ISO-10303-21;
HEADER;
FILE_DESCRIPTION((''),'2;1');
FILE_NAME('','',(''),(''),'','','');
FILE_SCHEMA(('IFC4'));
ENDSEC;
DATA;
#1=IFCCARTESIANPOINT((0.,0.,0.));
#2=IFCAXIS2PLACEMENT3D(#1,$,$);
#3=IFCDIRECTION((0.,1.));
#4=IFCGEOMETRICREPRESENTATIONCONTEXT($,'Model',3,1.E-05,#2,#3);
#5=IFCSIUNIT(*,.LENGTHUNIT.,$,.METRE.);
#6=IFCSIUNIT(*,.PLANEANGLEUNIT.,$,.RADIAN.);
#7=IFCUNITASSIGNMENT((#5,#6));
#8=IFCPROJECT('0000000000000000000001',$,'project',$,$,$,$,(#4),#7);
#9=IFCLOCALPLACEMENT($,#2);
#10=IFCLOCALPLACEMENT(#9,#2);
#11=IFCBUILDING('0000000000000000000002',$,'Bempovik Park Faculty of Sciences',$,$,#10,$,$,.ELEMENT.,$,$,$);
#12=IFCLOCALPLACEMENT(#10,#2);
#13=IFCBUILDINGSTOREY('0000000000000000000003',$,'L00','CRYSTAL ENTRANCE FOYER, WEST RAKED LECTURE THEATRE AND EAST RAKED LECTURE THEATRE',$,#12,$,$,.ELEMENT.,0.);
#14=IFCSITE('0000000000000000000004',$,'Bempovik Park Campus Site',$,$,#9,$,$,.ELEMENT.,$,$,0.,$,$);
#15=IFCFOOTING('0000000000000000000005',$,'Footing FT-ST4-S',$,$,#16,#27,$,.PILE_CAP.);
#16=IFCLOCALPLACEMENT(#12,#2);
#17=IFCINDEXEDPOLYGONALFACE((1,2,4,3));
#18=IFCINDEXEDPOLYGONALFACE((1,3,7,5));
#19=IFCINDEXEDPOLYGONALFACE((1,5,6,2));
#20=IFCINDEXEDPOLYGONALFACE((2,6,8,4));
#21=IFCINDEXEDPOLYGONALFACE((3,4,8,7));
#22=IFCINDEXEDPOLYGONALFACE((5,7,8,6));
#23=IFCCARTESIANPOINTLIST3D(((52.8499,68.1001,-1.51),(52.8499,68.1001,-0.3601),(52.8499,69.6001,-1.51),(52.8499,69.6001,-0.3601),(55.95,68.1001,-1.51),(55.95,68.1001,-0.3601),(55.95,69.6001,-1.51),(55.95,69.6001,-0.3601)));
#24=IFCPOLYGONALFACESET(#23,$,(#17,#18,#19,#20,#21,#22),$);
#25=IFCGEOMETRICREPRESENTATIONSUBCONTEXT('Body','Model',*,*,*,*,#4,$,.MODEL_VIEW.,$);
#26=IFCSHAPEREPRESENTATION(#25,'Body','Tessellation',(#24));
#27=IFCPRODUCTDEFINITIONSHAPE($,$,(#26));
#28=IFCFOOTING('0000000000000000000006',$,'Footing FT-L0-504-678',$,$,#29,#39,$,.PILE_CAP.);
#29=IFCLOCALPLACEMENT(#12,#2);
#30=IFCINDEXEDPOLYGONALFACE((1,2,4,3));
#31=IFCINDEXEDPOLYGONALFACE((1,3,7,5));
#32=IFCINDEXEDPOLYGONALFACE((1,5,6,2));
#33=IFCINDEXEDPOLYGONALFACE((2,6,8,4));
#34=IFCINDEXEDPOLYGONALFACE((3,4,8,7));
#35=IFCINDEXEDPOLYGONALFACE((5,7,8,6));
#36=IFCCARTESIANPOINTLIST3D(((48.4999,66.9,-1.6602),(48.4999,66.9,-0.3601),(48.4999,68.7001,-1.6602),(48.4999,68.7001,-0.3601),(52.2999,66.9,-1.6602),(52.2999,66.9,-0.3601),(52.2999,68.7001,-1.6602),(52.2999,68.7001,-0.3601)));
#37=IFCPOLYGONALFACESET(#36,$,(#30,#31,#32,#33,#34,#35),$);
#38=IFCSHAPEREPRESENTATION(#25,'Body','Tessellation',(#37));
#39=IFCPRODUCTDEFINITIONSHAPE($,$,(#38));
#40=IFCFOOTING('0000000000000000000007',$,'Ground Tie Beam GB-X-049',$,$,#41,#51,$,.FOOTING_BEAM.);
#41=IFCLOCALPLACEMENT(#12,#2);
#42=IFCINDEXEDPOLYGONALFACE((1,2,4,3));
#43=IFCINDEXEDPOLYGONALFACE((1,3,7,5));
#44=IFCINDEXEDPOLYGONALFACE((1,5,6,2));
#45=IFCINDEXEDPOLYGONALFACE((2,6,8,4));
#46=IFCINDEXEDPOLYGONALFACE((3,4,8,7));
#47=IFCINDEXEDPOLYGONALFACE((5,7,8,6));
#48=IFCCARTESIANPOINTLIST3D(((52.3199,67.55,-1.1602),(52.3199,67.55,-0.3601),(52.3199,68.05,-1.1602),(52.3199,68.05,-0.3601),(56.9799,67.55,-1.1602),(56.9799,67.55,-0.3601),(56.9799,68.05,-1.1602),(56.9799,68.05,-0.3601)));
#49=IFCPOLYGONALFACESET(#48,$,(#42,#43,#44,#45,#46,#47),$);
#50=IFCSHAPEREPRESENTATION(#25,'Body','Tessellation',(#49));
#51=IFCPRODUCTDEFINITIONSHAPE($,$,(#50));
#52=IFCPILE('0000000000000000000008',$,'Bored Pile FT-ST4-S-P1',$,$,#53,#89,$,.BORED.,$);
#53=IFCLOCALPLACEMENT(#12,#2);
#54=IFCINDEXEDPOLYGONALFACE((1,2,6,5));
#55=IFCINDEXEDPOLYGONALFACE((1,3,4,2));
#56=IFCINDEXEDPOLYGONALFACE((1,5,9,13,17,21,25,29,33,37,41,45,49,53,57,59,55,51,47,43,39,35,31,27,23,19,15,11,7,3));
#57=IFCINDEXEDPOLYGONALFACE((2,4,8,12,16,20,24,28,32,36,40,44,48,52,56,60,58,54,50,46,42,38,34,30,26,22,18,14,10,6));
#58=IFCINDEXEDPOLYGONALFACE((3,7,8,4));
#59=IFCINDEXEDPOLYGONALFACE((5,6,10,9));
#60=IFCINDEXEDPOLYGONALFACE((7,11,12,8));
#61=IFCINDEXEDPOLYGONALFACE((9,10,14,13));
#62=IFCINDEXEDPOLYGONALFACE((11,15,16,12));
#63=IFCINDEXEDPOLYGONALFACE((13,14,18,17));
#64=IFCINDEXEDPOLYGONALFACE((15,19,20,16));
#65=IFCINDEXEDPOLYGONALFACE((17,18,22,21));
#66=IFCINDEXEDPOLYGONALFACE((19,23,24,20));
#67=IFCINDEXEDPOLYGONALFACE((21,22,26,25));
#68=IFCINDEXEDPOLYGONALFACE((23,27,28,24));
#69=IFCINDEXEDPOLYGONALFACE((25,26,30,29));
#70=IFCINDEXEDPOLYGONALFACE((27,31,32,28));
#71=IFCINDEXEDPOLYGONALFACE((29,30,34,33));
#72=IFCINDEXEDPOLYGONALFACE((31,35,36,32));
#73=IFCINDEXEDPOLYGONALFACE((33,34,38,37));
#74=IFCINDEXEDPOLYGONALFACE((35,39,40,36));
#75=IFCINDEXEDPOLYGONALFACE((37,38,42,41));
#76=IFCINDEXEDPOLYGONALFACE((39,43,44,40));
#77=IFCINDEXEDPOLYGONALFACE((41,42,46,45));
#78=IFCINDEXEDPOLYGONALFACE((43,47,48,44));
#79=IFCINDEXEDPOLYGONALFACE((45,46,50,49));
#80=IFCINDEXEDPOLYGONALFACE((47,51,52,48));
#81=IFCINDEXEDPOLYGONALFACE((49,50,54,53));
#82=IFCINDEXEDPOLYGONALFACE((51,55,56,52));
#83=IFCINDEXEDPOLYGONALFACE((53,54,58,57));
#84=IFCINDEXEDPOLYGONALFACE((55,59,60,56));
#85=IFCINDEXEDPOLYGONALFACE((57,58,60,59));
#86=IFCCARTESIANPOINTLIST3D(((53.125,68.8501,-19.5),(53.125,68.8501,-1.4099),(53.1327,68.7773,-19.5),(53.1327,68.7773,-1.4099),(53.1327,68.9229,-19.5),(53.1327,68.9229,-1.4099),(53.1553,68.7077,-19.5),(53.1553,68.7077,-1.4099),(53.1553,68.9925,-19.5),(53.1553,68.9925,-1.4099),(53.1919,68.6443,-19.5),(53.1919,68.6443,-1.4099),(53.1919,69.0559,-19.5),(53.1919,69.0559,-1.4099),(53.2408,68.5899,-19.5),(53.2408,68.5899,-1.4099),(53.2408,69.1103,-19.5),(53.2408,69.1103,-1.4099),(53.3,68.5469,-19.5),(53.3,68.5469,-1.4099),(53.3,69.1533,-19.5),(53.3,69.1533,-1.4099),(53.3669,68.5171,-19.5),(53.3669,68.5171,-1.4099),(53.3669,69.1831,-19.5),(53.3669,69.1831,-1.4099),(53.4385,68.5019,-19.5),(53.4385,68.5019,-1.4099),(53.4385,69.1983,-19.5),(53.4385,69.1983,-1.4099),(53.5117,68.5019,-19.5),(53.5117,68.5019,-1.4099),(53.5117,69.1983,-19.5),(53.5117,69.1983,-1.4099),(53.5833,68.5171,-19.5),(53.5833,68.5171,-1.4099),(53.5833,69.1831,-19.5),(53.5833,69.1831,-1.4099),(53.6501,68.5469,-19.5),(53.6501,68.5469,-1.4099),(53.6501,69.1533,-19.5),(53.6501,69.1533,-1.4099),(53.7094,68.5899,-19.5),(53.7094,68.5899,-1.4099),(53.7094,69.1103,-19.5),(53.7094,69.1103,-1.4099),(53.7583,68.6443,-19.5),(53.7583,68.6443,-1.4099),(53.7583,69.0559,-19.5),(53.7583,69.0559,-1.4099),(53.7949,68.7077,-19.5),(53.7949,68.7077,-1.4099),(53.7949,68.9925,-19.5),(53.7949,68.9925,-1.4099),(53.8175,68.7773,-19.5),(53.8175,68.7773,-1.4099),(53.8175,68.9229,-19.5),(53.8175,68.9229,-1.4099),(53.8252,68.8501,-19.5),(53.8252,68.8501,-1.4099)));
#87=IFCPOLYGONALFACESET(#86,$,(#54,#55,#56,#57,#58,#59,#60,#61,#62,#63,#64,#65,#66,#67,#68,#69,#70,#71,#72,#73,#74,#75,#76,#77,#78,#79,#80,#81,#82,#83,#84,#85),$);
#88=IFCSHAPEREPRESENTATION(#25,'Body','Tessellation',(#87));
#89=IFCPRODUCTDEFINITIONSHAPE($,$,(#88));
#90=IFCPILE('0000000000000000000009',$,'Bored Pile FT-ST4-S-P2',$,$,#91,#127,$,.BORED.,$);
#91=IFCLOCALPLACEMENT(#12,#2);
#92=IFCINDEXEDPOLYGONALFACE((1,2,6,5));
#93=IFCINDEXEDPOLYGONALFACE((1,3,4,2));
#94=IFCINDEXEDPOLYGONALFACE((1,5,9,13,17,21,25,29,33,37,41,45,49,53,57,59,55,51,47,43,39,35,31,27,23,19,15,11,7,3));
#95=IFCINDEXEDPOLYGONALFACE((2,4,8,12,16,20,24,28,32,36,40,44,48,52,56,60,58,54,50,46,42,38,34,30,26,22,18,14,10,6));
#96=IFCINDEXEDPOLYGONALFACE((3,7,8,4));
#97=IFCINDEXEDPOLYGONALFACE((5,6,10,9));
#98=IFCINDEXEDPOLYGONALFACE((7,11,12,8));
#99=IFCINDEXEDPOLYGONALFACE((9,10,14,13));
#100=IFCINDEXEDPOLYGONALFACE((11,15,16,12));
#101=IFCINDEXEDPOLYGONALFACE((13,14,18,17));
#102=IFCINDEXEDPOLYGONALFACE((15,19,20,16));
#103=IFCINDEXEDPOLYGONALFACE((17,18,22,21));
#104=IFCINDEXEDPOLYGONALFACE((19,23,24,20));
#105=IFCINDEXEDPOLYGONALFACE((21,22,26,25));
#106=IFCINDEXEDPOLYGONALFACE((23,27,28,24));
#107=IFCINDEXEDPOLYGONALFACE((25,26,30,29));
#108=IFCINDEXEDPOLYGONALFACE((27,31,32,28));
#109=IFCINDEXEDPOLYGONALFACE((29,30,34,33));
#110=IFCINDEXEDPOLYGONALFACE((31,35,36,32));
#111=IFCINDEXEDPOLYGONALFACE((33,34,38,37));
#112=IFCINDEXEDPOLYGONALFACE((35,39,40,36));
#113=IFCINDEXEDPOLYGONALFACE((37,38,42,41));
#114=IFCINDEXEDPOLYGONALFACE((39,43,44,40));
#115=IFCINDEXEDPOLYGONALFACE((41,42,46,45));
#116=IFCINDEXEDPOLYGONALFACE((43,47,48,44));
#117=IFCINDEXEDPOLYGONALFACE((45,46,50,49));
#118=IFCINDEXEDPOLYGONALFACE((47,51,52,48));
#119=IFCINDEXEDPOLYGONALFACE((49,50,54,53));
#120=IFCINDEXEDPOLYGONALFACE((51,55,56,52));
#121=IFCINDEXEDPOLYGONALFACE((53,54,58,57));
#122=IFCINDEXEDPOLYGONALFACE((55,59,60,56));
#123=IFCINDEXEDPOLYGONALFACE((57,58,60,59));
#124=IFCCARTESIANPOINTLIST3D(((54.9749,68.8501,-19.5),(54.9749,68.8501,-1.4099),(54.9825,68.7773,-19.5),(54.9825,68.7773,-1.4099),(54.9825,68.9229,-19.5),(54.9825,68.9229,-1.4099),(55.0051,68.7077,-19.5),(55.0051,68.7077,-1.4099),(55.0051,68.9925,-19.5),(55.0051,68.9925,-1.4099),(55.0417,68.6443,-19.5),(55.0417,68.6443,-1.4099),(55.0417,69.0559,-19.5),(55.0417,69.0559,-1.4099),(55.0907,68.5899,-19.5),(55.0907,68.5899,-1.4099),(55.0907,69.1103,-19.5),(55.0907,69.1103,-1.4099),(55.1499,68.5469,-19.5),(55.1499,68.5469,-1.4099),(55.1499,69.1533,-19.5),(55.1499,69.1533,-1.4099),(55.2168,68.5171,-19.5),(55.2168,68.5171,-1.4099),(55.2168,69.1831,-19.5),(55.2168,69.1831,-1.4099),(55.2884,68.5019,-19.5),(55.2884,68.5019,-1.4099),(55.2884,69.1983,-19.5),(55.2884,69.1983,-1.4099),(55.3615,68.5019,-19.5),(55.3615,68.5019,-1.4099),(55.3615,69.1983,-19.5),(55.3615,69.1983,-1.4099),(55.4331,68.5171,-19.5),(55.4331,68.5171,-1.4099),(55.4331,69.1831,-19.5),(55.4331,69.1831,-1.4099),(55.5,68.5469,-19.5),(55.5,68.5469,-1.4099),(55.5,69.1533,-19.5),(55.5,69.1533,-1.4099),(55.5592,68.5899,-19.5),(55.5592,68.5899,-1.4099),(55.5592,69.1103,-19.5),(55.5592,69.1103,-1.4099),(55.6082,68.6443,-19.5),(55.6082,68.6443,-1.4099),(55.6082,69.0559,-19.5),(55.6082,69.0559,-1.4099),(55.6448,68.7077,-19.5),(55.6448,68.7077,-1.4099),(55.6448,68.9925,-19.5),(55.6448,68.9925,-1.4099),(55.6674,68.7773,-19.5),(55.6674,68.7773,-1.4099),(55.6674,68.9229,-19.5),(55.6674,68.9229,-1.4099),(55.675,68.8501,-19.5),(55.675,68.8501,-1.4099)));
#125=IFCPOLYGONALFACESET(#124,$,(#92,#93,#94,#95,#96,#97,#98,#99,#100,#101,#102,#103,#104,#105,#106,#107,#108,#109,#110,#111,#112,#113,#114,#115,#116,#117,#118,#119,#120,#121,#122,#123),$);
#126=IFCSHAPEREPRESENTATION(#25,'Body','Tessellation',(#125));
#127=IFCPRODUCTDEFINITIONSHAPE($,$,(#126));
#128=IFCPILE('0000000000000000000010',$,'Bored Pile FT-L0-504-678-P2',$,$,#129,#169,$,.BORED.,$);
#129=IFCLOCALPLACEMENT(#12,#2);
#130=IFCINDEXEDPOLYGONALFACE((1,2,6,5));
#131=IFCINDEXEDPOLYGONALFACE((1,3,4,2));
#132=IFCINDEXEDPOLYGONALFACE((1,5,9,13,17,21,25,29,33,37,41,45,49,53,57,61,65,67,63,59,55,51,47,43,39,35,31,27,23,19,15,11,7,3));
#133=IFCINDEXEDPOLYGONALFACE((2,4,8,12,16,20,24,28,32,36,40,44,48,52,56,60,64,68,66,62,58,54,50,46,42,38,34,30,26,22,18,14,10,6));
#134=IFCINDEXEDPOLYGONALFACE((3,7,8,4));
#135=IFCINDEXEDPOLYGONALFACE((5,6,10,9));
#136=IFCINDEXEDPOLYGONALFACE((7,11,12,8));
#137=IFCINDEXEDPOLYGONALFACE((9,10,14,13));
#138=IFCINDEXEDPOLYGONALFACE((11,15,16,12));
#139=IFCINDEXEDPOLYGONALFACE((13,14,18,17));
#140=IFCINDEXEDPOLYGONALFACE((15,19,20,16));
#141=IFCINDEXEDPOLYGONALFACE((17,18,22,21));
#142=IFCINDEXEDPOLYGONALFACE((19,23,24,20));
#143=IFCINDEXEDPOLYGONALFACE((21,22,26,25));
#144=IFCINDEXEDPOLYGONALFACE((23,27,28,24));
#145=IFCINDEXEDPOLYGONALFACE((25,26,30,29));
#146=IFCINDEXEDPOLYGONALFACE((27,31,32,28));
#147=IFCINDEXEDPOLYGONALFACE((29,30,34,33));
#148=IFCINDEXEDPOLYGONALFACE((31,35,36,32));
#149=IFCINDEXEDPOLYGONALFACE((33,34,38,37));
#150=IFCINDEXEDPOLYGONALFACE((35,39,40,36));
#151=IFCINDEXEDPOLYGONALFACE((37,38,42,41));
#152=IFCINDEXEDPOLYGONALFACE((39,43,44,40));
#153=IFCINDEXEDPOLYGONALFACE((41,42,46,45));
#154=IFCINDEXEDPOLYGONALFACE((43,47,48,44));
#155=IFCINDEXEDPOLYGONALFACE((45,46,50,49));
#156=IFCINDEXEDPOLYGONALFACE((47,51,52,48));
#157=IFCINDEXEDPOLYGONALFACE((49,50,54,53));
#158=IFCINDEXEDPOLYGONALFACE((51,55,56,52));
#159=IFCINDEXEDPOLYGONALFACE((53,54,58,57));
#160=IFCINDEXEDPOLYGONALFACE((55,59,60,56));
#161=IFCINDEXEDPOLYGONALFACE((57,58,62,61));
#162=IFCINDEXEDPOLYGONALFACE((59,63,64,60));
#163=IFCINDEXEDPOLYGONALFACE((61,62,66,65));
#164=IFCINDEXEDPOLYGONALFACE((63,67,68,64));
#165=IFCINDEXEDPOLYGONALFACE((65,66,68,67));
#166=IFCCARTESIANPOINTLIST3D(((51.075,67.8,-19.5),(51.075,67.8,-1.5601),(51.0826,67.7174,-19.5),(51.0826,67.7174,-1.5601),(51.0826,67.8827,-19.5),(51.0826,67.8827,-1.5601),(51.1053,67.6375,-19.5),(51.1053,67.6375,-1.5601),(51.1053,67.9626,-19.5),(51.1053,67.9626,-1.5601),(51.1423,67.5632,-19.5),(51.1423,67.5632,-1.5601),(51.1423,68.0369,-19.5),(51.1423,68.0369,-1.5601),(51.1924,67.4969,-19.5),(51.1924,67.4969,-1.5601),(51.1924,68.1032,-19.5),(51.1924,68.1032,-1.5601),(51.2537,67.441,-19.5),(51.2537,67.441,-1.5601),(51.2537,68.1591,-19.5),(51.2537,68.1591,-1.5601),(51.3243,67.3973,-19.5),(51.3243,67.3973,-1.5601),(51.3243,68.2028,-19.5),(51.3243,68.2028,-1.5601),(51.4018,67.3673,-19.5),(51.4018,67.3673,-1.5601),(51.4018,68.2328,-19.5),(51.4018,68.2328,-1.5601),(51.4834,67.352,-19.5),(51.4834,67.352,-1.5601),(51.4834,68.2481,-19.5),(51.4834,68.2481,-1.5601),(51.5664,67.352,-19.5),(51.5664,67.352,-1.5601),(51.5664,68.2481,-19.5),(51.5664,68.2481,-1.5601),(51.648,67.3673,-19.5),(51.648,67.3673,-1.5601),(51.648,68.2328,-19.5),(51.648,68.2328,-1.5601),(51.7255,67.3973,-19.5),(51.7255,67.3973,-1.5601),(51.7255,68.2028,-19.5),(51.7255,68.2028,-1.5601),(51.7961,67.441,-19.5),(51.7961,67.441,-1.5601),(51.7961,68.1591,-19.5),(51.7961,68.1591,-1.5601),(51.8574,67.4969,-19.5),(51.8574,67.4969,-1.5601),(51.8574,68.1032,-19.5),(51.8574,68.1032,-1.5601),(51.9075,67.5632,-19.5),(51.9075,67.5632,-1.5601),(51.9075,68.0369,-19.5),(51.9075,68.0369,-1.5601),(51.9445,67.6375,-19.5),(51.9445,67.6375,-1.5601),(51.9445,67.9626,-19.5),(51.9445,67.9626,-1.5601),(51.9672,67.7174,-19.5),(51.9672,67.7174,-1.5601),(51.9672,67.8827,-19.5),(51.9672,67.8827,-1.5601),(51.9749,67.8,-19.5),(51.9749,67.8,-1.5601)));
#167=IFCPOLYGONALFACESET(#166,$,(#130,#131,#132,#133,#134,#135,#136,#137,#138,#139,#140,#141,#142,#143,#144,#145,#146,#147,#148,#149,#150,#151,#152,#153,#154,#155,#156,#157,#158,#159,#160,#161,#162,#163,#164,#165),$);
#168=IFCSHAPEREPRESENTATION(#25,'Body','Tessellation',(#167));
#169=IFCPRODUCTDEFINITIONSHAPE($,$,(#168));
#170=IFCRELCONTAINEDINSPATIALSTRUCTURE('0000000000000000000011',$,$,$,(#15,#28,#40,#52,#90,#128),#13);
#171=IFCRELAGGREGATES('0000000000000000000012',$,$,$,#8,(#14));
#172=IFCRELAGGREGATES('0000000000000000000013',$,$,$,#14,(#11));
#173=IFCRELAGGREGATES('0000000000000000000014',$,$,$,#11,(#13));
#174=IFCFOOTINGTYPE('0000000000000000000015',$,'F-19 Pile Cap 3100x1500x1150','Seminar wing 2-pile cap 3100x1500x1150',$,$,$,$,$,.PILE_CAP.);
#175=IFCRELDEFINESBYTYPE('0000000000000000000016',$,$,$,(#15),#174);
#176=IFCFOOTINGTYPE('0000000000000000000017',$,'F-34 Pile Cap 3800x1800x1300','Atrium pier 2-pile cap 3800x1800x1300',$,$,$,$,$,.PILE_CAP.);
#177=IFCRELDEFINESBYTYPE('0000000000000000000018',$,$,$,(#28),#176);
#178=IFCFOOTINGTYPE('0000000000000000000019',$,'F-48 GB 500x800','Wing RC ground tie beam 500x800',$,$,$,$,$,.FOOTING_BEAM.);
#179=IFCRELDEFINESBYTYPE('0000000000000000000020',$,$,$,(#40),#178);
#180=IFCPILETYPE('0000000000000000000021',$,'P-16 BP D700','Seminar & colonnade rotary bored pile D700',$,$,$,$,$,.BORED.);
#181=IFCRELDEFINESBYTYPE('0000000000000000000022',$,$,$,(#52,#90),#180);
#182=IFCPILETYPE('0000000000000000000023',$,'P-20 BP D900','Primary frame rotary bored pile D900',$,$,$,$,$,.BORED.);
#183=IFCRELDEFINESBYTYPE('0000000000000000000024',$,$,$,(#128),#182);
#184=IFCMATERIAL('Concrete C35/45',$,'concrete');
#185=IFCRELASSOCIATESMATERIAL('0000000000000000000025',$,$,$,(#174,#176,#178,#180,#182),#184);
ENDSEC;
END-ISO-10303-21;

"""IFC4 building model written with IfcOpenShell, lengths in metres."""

from ifc_helpers import new_model, si_unit, direction, frame, origin, origin_2d, place, context, subcontext, project, spatial, rectangle, circle, extrude, material, material_profile, profile_set, type_object, element, save


model = new_model("IFC4")

# Units and contexts
model_context = context("Model", 3, precision=1e-05, world=origin(), true_north=direction((0.0, 1.0)))
body_context = subcontext(model_context, "Body", "Model", "MODEL_VIEW")
ifc_project = project(units=[si_unit("LENGTHUNIT", "METRE"), si_unit("PLANEANGLEUNIT", "RADIAN")], contexts=[model_context])

# Site, building, storey
site_placement = place(None, origin())
site = spatial("IfcSite", under=ifc_project, at=site_placement, Name="Bempovik Park Campus Site", CompositionType="ELEMENT", RefElevation=0.0)
building_placement = place(site_placement, origin())
building = spatial("IfcBuilding", under=site, at=building_placement, Name="Bempovik Park Faculty of Sciences", CompositionType="ELEMENT")
storey_placement = place(building_placement, origin())
storey = spatial("IfcBuildingStorey", under=building, at=storey_placement, Name="L00", Description="CRYSTAL ENTRANCE FOYER, WEST RAKED LECTURE THEATRE AND EAST RAKED LECTURE THEATRE", CompositionType="ELEMENT", Elevation=0.0)

# Footings
ifc_material_1 = material(Name="Concrete C35/45", Category="concrete")
footing_type_1 = type_object("IfcFootingType", Name="F-19 Pile Cap 3100x1500x1150", Description="Seminar wing 2-pile cap 3100x1500x1150", PredefinedType="PILE_CAP", material=ifc_material_1)
footing_1_placement = place(storey_placement, frame((54.3999, 68.8501, -1.51), z_axis=(0.0, 0.0, 1.0), x_axis=(1.0, 0.0, 0.0)))
element("IfcFooting", 1, at=footing_1_placement, inside=storey, type_object=footing_type_1, Name="Footing FT-ST4-S", PredefinedType="PILE_CAP", context=body_context, shape_type="SweptSolid", body=[
    extrude(rectangle(XDim=3.1001, YDim=1.5, at=origin_2d()), origin(), (0.0, 0.0, 1.0), 1.1499),
])
footing_type_2 = type_object("IfcFootingType", Name="F-34 Pile Cap 3800x1800x1300", Description="Atrium pier 2-pile cap 3800x1800x1300", PredefinedType="PILE_CAP", material=ifc_material_1)
footing_2_placement = place(storey_placement, frame((50.3999, 67.8, -1.6602), z_axis=(0.0, 0.0, 1.0), x_axis=(1.0, 0.0, 0.0)))
element("IfcFooting", 2, at=footing_2_placement, inside=storey, type_object=footing_type_2, Name="Footing FT-L0-504-678", PredefinedType="PILE_CAP", context=body_context, shape_type="SweptSolid", body=[
    extrude(rectangle(XDim=3.8, YDim=1.8, at=origin_2d()), origin(), (0.0, 0.0, 1.0), 1.3),
])
footing_type_3 = type_object("IfcFootingType", Name="F-48 GB 500x800", Description="Wing RC ground tie beam 500x800", PredefinedType="FOOTING_BEAM", material=ifc_material_1)
footing_3_placement = place(storey_placement, frame((54.6499, 67.8, -1.1602), z_axis=(0.0, 0.0, 1.0), x_axis=(1.0, 0.0, 0.0)))
element("IfcFooting", 3, at=footing_3_placement, inside=storey, type_object=footing_type_3, Name="Ground Tie Beam GB-X-049", PredefinedType="FOOTING_BEAM", context=body_context, shape_type="SweptSolid", body=[
    extrude(rectangle(XDim=4.6599, YDim=0.5, at=origin_2d()), origin(), (0.0, 0.0, 1.0), 0.8),
])

# Piles
ifc_material_profile_1 = material_profile(ifc_material_1, circle(Radius=0.3501, at=origin_2d()), Name="BP D700")
ifc_profile_set_1 = profile_set([ifc_material_profile_1], Name="Concrete C35/45")
pile_type_1 = type_object("IfcPileType", Name="P-16 BP D700", Description="Seminar & colonnade rotary bored pile D700", PredefinedType="BORED", material=ifc_profile_set_1)
for number, where, z_axis, x_axis, name in (
    (4, (53.4751, 68.8501, -1.4099), (0.0, 0.0, -1.0), (1.0, 0.0, 0.0), "Bored Pile FT-ST4-S-P1"),
    (5, (55.325, 68.8501, -1.4099), (0.0, 0.0, -1.0), (1.0, 0.0, 0.0), "Bored Pile FT-ST4-S-P2"),
):
    element("IfcPile", number, at=place(storey_placement, frame(where, z_axis=z_axis, x_axis=x_axis)), inside=storey, type_object=pile_type_1, Name=name, PredefinedType="BORED", context=body_context, shape_type="SweptSolid", body=[
        extrude(circle(Radius=0.3501, at=origin_2d()), origin(), (0.0, 0.0, 1.0), 18.0901),
    ])
ifc_material_profile_2 = material_profile(ifc_material_1, circle(Radius=0.45, at=origin_2d()), Name="BP D900")
ifc_profile_set_2 = profile_set([ifc_material_profile_2], Name="Concrete C35/45")
pile_type_2 = type_object("IfcPileType", Name="P-20 BP D900", Description="Primary frame rotary bored pile D900", PredefinedType="BORED", material=ifc_profile_set_2)
for number, where, z_axis, x_axis, name in (
    (6, (51.5249, 67.8, -1.5601), (0.0, 0.0, -1.0), (1.0, 0.0, 0.0), "Bored Pile FT-L0-504-678-P2"),
):
    element("IfcPile", number, at=place(storey_placement, frame(where, z_axis=z_axis, x_axis=x_axis)), inside=storey, type_object=pile_type_2, Name=name, PredefinedType="BORED", context=body_context, shape_type="SweptSolid", body=[
        extrude(circle(Radius=0.45, at=origin_2d()), origin(), (0.0, 0.0, 1.0), 17.9399),
    ])

save(model, "model.ifc")
